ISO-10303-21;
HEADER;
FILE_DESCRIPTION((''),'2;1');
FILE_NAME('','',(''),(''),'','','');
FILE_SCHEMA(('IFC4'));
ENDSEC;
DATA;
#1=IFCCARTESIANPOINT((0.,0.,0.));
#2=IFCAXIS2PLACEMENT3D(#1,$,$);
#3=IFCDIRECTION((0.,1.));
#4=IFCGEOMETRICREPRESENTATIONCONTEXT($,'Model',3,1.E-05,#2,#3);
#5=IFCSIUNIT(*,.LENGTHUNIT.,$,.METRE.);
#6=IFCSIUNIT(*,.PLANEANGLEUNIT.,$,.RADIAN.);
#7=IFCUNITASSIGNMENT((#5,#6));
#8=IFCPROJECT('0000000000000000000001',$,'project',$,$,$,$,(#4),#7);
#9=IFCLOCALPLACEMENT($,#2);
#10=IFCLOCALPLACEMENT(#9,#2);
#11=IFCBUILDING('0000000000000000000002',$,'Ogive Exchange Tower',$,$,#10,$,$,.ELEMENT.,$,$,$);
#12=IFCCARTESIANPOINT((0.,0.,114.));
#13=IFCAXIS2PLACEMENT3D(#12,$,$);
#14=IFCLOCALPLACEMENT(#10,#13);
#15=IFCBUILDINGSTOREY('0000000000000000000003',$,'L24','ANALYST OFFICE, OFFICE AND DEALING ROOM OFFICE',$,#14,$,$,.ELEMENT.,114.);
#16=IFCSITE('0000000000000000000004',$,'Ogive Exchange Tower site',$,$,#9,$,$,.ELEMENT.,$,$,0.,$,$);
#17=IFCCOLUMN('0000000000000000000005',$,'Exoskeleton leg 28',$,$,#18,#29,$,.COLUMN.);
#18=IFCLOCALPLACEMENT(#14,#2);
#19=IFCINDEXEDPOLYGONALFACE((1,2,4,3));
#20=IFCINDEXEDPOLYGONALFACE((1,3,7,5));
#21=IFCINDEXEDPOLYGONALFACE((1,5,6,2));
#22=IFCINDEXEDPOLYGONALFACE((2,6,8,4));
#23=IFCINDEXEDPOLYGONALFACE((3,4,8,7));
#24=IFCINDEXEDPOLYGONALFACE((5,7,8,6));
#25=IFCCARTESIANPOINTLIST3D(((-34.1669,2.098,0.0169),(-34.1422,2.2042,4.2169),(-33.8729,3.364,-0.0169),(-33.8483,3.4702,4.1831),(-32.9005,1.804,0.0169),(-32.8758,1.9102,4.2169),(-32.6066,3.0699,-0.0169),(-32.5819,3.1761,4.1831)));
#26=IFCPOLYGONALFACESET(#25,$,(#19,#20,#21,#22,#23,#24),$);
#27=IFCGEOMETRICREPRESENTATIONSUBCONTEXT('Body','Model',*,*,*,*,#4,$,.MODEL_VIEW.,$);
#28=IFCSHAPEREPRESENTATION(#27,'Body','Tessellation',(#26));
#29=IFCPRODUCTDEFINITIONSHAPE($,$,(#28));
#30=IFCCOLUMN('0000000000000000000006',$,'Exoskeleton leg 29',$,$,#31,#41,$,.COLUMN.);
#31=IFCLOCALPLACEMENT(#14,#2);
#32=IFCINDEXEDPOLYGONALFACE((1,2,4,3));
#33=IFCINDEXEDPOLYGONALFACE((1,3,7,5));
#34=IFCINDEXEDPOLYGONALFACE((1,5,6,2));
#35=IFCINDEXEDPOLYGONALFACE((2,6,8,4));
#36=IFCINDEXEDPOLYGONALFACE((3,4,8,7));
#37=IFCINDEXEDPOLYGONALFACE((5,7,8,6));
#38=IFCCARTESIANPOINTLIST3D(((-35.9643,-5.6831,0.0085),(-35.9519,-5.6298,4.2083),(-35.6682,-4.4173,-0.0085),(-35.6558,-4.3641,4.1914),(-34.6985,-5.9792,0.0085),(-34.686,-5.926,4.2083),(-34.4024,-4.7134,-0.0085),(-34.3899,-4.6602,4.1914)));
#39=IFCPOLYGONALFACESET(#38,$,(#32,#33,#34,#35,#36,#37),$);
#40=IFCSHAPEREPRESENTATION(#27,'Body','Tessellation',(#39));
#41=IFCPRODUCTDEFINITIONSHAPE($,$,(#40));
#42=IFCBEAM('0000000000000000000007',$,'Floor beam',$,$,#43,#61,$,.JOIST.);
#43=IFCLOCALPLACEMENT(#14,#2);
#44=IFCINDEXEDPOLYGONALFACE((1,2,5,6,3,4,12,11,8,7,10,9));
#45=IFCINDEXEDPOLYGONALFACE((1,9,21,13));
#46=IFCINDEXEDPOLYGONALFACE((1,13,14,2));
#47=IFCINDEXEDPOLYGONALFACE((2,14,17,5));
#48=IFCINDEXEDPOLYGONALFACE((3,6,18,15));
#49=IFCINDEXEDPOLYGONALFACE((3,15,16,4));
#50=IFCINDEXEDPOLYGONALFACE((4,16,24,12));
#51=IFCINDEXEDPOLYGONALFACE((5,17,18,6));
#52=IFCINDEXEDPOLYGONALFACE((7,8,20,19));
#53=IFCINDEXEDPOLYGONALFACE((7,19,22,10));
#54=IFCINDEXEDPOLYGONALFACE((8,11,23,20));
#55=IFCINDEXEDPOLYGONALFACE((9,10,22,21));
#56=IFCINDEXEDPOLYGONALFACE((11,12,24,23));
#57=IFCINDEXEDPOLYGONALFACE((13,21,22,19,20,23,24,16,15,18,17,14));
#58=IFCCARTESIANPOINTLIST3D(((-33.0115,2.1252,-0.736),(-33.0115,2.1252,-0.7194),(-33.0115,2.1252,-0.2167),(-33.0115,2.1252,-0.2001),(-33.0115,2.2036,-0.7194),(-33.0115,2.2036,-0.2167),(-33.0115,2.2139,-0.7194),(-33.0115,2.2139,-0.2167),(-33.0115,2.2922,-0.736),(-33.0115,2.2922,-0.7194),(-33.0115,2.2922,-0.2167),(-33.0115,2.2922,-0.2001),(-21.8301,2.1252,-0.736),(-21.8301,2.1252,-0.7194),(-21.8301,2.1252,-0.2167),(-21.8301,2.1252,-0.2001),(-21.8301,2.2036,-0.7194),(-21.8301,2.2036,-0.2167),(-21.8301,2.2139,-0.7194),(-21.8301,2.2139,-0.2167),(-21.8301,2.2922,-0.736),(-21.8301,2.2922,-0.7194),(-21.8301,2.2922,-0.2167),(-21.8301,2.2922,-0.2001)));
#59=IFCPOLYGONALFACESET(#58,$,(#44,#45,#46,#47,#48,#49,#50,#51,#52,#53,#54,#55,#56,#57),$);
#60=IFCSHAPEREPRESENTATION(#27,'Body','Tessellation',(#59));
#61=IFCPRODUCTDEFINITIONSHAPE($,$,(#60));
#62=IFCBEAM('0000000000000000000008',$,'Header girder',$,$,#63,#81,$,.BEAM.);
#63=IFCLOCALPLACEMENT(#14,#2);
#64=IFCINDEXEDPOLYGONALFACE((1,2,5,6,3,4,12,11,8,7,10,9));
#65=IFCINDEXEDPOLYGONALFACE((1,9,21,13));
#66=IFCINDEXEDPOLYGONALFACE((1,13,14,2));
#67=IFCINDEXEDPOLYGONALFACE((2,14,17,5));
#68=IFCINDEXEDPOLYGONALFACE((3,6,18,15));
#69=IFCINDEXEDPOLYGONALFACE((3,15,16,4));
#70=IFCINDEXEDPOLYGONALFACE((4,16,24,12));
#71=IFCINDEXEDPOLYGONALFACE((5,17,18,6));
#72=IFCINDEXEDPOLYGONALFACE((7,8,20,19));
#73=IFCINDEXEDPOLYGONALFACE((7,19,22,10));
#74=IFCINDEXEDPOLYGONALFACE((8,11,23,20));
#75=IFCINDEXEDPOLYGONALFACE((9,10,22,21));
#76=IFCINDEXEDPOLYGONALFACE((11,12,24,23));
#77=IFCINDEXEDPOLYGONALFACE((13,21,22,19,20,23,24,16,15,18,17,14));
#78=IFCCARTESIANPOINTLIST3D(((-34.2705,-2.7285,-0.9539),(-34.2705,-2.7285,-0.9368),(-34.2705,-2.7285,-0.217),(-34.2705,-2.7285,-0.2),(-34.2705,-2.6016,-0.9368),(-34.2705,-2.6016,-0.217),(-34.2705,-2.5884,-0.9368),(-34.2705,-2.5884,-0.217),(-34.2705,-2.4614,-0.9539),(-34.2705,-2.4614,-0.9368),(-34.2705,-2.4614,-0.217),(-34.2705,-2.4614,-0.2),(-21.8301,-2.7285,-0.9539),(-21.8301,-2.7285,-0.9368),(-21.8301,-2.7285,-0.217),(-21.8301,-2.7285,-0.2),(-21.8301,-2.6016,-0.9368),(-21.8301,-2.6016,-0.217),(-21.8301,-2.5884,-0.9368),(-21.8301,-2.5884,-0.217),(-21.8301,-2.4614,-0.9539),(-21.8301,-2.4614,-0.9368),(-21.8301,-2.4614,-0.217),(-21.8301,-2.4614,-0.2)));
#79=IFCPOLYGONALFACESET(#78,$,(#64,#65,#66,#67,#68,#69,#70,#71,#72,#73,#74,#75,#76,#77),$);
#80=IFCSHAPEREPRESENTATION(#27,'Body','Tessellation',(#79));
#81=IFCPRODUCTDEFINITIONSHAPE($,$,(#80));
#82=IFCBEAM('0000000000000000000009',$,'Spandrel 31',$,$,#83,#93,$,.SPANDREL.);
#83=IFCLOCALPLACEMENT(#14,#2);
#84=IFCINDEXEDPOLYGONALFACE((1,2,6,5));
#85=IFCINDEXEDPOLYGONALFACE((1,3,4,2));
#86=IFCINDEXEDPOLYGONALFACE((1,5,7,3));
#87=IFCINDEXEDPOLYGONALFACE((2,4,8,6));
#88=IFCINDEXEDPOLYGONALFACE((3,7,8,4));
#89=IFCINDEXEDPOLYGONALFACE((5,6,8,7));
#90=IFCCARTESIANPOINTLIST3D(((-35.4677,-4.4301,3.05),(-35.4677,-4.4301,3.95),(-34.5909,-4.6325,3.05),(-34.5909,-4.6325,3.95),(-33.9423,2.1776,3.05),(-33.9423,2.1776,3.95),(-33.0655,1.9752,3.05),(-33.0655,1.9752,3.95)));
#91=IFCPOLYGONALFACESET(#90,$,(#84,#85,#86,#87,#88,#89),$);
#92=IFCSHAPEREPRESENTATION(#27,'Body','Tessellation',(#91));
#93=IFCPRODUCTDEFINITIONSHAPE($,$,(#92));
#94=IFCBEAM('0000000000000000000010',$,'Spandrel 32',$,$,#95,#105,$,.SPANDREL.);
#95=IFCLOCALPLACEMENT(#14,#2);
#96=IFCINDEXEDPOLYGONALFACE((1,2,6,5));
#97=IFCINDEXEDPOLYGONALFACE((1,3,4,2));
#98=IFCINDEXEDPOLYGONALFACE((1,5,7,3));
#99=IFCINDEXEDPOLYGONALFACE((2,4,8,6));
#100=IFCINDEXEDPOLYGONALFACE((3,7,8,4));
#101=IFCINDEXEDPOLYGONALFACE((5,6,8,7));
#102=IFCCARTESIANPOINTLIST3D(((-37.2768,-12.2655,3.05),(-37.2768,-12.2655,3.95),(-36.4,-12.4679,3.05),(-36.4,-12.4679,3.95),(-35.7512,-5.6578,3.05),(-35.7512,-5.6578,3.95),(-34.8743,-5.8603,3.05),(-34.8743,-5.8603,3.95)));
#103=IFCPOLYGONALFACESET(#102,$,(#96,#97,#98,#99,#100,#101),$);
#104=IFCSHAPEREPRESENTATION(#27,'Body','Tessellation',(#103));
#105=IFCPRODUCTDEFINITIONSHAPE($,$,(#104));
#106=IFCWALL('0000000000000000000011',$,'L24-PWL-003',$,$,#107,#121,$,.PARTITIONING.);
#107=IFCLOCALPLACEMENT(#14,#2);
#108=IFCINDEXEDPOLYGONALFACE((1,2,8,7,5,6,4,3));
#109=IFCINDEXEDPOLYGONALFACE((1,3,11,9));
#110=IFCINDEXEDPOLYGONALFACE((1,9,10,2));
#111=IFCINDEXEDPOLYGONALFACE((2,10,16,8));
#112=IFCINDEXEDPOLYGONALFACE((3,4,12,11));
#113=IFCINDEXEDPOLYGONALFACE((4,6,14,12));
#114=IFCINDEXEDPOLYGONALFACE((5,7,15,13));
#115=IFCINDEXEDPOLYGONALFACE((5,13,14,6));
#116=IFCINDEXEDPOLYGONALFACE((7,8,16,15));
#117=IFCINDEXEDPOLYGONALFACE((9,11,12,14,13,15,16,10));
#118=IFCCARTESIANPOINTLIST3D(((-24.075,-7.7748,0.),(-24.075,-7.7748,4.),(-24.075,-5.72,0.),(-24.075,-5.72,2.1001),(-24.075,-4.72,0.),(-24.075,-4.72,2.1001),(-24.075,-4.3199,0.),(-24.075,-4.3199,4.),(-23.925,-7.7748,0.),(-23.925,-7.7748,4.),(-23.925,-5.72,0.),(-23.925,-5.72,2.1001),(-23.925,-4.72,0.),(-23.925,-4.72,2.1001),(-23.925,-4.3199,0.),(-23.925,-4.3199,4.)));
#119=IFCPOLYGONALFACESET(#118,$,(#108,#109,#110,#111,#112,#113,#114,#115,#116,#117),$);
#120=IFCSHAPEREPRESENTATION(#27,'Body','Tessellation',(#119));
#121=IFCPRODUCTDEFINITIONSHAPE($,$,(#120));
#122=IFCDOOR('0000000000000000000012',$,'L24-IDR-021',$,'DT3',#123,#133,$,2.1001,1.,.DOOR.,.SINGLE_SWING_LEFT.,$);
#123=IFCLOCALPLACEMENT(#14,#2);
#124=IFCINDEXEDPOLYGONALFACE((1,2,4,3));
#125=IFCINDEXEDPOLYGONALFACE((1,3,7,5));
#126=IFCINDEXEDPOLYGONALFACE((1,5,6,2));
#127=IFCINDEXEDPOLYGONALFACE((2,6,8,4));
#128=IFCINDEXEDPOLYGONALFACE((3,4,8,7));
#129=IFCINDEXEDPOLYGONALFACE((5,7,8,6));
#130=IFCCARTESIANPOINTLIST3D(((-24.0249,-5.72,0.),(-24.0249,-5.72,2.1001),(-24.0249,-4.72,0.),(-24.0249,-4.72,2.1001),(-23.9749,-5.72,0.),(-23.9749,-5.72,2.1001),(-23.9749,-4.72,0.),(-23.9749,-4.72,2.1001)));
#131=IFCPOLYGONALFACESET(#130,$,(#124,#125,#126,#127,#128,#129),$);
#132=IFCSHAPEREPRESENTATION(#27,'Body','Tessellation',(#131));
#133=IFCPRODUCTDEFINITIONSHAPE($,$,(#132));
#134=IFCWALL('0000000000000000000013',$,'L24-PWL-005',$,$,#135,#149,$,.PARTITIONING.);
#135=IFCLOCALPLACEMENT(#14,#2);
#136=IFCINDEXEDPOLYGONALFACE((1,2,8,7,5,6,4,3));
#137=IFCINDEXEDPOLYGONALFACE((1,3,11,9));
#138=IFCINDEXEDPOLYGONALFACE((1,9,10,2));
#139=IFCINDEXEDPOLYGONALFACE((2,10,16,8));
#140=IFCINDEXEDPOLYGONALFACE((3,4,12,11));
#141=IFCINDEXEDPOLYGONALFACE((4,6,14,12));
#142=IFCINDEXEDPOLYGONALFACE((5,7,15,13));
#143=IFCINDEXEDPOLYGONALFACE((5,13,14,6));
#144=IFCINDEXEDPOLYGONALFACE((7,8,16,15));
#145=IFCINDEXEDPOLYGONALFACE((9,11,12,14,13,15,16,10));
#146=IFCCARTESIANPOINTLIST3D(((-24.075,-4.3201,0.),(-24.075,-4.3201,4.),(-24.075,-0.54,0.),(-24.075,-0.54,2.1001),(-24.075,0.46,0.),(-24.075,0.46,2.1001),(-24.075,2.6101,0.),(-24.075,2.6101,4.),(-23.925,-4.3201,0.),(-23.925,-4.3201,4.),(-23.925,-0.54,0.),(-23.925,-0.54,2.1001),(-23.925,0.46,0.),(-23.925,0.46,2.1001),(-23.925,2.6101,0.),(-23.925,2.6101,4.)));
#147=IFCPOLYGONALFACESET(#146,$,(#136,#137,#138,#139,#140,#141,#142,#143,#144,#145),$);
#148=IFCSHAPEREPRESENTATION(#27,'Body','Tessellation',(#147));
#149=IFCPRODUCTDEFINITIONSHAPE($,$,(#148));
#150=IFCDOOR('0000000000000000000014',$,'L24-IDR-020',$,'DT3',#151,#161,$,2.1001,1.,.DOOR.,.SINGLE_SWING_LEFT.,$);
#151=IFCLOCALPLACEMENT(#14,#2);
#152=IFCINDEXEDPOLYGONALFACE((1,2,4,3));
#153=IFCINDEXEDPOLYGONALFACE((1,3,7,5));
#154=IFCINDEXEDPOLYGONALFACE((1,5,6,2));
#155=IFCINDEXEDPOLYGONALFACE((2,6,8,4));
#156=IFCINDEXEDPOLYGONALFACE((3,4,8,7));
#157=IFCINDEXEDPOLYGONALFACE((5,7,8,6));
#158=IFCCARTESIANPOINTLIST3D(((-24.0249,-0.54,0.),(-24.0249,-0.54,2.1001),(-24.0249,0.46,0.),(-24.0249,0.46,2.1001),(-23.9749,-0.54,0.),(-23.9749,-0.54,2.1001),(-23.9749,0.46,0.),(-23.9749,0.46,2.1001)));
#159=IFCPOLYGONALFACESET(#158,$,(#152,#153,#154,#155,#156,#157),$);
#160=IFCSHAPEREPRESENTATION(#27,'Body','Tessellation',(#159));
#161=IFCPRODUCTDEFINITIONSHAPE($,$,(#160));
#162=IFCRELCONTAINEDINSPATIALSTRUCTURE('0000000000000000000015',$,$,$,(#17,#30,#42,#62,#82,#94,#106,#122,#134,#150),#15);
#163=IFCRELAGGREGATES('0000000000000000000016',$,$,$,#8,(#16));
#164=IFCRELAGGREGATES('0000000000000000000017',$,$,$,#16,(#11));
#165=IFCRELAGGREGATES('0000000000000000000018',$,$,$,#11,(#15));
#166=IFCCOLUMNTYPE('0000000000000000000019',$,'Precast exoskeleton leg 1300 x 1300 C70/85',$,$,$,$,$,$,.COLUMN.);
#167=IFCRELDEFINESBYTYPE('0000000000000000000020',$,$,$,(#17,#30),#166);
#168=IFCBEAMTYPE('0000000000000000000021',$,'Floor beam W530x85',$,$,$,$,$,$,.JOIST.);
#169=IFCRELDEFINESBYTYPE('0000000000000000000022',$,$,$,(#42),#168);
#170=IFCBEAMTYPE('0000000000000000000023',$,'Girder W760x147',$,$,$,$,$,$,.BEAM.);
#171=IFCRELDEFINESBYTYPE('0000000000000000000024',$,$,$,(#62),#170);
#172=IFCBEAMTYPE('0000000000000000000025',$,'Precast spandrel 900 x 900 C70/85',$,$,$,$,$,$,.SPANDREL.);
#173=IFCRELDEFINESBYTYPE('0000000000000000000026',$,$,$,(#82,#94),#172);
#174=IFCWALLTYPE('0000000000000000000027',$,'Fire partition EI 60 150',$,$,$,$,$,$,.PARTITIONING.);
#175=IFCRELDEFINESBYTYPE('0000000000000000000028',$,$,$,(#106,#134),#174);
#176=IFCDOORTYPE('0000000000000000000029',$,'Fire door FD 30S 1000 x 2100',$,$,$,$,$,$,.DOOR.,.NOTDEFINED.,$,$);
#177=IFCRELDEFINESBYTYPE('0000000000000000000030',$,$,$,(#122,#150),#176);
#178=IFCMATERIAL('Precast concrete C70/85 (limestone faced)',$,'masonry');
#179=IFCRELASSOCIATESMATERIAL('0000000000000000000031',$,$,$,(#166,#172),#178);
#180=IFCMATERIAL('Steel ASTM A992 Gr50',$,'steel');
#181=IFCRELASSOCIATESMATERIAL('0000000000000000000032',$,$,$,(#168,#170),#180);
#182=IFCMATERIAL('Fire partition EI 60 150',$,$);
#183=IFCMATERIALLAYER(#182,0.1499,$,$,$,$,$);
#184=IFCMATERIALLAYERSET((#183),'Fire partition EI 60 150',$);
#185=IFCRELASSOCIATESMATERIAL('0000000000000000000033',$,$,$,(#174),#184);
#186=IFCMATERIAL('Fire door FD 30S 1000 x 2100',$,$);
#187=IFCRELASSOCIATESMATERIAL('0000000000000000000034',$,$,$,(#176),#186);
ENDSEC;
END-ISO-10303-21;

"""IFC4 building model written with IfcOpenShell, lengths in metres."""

from ifc_helpers import new_model, si_unit, direction, frame, frame_2d, origin, origin_2d, place, context, subcontext, project, spatial, rectangle, i_section, extrude, material, layer, layer_set, material_profile, profile_set, type_object, element, fill, save


model = new_model("IFC4")

# Units and contexts
model_context = context("Model", 3, precision=1e-05, world=origin(), true_north=direction((0.0, 1.0)))
body_context = subcontext(model_context, "Body", "Model", "MODEL_VIEW")
ifc_project = project(units=[si_unit("LENGTHUNIT", "METRE"), si_unit("PLANEANGLEUNIT", "RADIAN")], contexts=[model_context])

# Site, building, storey
site_placement = place(None, origin())
site = spatial("IfcSite", under=ifc_project, at=site_placement, Name="Ogive Exchange Tower site", CompositionType="ELEMENT", RefElevation=0.0)
building_placement = place(site_placement, origin())
building = spatial("IfcBuilding", under=site, at=building_placement, Name="Ogive Exchange Tower", CompositionType="ELEMENT")
storey_placement = place(building_placement, frame((0.0, 0.0, 114.0)))
storey = spatial("IfcBuildingStorey", under=building, at=storey_placement, Name="L24", Description="ANALYST OFFICE, OFFICE AND DEALING ROOM OFFICE", CompositionType="ELEMENT", Elevation=114.0)

# Columns
ifc_material_1 = material(Name="Precast concrete C70/85 (limestone faced)", Category="masonry")
ifc_material_profile_1 = material_profile(ifc_material_1, rectangle(XDim=1.3, YDim=1.3, at=origin_2d()), Name="1300 x 1300")
ifc_profile_set_1 = profile_set([ifc_material_profile_1], Name="Precast concrete C70/85 (limestone faced)")
column_type = type_object("IfcColumnType", Name="Precast exoskeleton leg 1300 x 1300 C70/85", PredefinedType="COLUMN", material=ifc_profile_set_1)
column_1_placement = place(storey_placement, frame((-33.3867, 2.584, 0.0), z_axis=(0.005869, 0.025278, 0.999663), x_axis=(-0.974088, 0.226168, 0.0)))
element("IfcColumn", 1, at=column_1_placement, inside=storey, type_object=column_type, Name="Exoskeleton leg 28", PredefinedType="COLUMN", context=body_context, shape_type="SweptSolid", body=[
    extrude(rectangle(XDim=1.3, YDim=1.3, at=origin_2d()), origin(), (0.0, 0.0, 1.0), 4.2014),
])
column_2_placement = place(storey_placement, frame((-35.1833, -5.1982, 0.0), z_axis=(0.002964, 0.012671, 0.999915), x_axis=(-0.973709, 0.227794, 0.0)))
element("IfcColumn", 2, at=column_2_placement, inside=storey, type_object=column_type, Name="Exoskeleton leg 29", PredefinedType="COLUMN", context=body_context, shape_type="SweptSolid", body=[
    extrude(rectangle(XDim=1.3, YDim=1.3, at=origin_2d()), origin(), (0.0, 0.0, 1.0), 4.2002),
])

# Beams
ifc_material_2 = material(Name="Steel ASTM A992 Gr50", Category="steel")
ifc_material_profile_2 = material_profile(ifc_material_2, i_section(OverallWidth=0.167, OverallDepth=0.5359, WebThickness=0.0103, FlangeThickness=0.0166, at=origin_2d()), Name="W530x85")
ifc_profile_set_2 = profile_set([ifc_material_profile_2], Name="Steel ASTM A992 Gr50")
beam_type_1 = type_object("IfcBeamType", Name="Floor beam W530x85", PredefinedType="JOIST", material=ifc_profile_set_2)
beam_1_placement = place(storey_placement, frame((-33.0115, 2.2087, -0.468), z_axis=(1.0, 0.0, 0.0), x_axis=(0.0, 1.0, 0.0)))
element("IfcBeam", 3, at=beam_1_placement, inside=storey, type_object=beam_type_1, Name="Floor beam", PredefinedType="JOIST", context=body_context, shape_type="SweptSolid", body=[
    extrude(i_section(OverallWidth=0.167, OverallDepth=0.5359, WebThickness=0.0103, FlangeThickness=0.0166, at=origin_2d()), origin(), (0.0, 0.0, 1.0), 11.1814),
])
ifc_material_profile_3 = material_profile(ifc_material_2, i_section(OverallWidth=0.2671, OverallDepth=0.7539, WebThickness=0.0132, FlangeThickness=0.0171, at=origin_2d()), Name="W760x147")
ifc_profile_set_3 = profile_set([ifc_material_profile_3], Name="Steel ASTM A992 Gr50")
beam_type_2 = type_object("IfcBeamType", Name="Girder W760x147", PredefinedType="BEAM", material=ifc_profile_set_3)
beam_2_placement = place(storey_placement, frame((-34.2705, -2.595, -0.5769), z_axis=(1.0, 0.0, 0.0), x_axis=(0.0, 1.0, 0.0)))
element("IfcBeam", 4, at=beam_2_placement, inside=storey, type_object=beam_type_2, Name="Header girder", PredefinedType="BEAM", context=body_context, shape_type="SweptSolid", body=[
    extrude(i_section(OverallWidth=0.2671, OverallDepth=0.7539, WebThickness=0.0132, FlangeThickness=0.0171, at=origin_2d()), origin(), (0.0, 0.0, 1.0), 12.4404),
])
ifc_material_profile_4 = material_profile(ifc_material_1, rectangle(XDim=0.8999, YDim=0.8999, at=origin_2d()), Name="900 x 900")
ifc_profile_set_4 = profile_set([ifc_material_profile_4], Name="Precast concrete C70/85 (limestone faced)")
beam_type_3 = type_object("IfcBeamType", Name="Precast spandrel 900 x 900 C70/85", PredefinedType="SPANDREL", material=ifc_profile_set_4)
for number, where, z_axis, x_axis, name in (
    (5, (-33.5039, 2.0764, 3.5), (-0.224936, -0.974374, 0.0), (0.974374, -0.224936, 0.0), "Spandrel 31"),
    (6, (-35.3127, -5.759, 3.5), (-0.22497, -0.974366, 0.0), (0.974366, -0.22497, 0.0), "Spandrel 32"),
):
    element("IfcBeam", number, at=place(storey_placement, frame(where, z_axis=z_axis, x_axis=x_axis)), inside=storey, type_object=beam_type_3, Name=name, PredefinedType="SPANDREL", context=body_context, shape_type="SweptSolid", body=[
        extrude(rectangle(XDim=0.8999, YDim=0.8999, at=origin_2d()), origin(), (0.0, 0.0, 1.0), 6.7815),
    ])

# Walls, openings, doors
ifc_material_3 = material(Name="Fire partition EI 60 150")
ifc_layer_1 = layer(ifc_material_3, 0.1499)
ifc_layer_set_1 = layer_set([ifc_layer_1], Name="Fire partition EI 60 150")
wall_type_1 = type_object("IfcWallType", Name="Fire partition EI 60 150", PredefinedType="PARTITIONING", material=ifc_layer_set_1)
wall_1_placement = place(storey_placement, frame((-24.0, -7.7749, 0.0), z_axis=(0.0, 0.0, 1.0), x_axis=(0.0, 1.0, 0.0)))
wall_1 = element("IfcWall", 7, at=wall_1_placement, inside=storey, type_object=wall_type_1, Name="L24-PWL-003", PredefinedType="PARTITIONING", context=body_context, shape_type="SweptSolid", body=[
    extrude(rectangle(XDim=3.4548, YDim=0.1499, at=frame_2d((1.7275, 0.0))), origin(), (0.0, 0.0, 1.0), 4.0),
])
opening_1_placement = place(wall_1_placement, frame((2.0549, 0.0, 0.0)))
opening_1 = element("IfcOpeningElement", 8, at=opening_1_placement, cuts=wall_1, PredefinedType="OPENING", context=body_context, shape_type="SweptSolid", body=[
    extrude(rectangle(XDim=1.0, YDim=2.1001, at=frame_2d((0.5, 1.05))), frame((0.0, 0.085, 0.0), z_axis=(0.0, -1.0, 0.0), x_axis=(1.0, 0.0, 0.0)), (0.0, 0.0, 1.0), 0.1699),
])
ifc_material_4 = material(Name="Fire door FD 30S 1000 x 2100")
door_type_1 = type_object("IfcDoorType", Name="Fire door FD 30S 1000 x 2100", OperationType="NOTDEFINED", PredefinedType="DOOR", material=ifc_material_4)
door_1_placement = place(opening_1_placement, origin())
door_1 = element("IfcDoor", 9, at=door_1_placement, inside=storey, type_object=door_type_1, Name="L24-IDR-021", ObjectType="DT3", OperationType="SINGLE_SWING_LEFT", OverallHeight=2.1001, OverallWidth=1.0, PredefinedType="DOOR", context=body_context, shape_type="SweptSolid", body=[
    extrude(rectangle(XDim=1.0, YDim=2.1001, at=frame_2d((0.5, 1.05))), frame((0.0, 0.0249, 0.0), z_axis=(0.0, -1.0, 0.0), x_axis=(1.0, 0.0, 0.0)), (0.0, 0.0, 1.0), 0.05),
])
fill(opening_1, door_1)
wall_2_placement = place(storey_placement, frame((-24.0, -4.3201, 0.0), z_axis=(0.0, 0.0, 1.0), x_axis=(0.0, 1.0, 0.0)))
wall_2 = element("IfcWall", 10, at=wall_2_placement, inside=storey, type_object=wall_type_1, Name="L24-PWL-005", PredefinedType="PARTITIONING", context=body_context, shape_type="SweptSolid", body=[
    extrude(rectangle(XDim=6.9302, YDim=0.1499, at=frame_2d((3.4651, 0.0))), origin(), (0.0, 0.0, 1.0), 4.0),
])
opening_2_placement = place(wall_2_placement, frame((3.78, 0.0, 0.0)))
opening_2 = element("IfcOpeningElement", 11, at=opening_2_placement, cuts=wall_2, PredefinedType="OPENING", context=body_context, shape_type="SweptSolid", body=[
    extrude(rectangle(XDim=1.0, YDim=2.1001, at=frame_2d((0.5, 1.05))), frame((0.0, 0.085, 0.0), z_axis=(0.0, -1.0, 0.0), x_axis=(1.0, 0.0, 0.0)), (0.0, 0.0, 1.0), 0.1699),
])
door_2_placement = place(opening_2_placement, origin())
door_2 = element("IfcDoor", 12, at=door_2_placement, inside=storey, type_object=door_type_1, Name="L24-IDR-020", ObjectType="DT3", OperationType="SINGLE_SWING_LEFT", OverallHeight=2.1001, OverallWidth=1.0, PredefinedType="DOOR", context=body_context, shape_type="SweptSolid", body=[
    extrude(rectangle(XDim=1.0, YDim=2.1001, at=frame_2d((0.5, 1.05))), frame((0.0, 0.0249, 0.0), z_axis=(0.0, -1.0, 0.0), x_axis=(1.0, 0.0, 0.0)), (0.0, 0.0, 1.0), 0.05),
])
fill(opening_2, door_2)

save(model, "model.ifc")
